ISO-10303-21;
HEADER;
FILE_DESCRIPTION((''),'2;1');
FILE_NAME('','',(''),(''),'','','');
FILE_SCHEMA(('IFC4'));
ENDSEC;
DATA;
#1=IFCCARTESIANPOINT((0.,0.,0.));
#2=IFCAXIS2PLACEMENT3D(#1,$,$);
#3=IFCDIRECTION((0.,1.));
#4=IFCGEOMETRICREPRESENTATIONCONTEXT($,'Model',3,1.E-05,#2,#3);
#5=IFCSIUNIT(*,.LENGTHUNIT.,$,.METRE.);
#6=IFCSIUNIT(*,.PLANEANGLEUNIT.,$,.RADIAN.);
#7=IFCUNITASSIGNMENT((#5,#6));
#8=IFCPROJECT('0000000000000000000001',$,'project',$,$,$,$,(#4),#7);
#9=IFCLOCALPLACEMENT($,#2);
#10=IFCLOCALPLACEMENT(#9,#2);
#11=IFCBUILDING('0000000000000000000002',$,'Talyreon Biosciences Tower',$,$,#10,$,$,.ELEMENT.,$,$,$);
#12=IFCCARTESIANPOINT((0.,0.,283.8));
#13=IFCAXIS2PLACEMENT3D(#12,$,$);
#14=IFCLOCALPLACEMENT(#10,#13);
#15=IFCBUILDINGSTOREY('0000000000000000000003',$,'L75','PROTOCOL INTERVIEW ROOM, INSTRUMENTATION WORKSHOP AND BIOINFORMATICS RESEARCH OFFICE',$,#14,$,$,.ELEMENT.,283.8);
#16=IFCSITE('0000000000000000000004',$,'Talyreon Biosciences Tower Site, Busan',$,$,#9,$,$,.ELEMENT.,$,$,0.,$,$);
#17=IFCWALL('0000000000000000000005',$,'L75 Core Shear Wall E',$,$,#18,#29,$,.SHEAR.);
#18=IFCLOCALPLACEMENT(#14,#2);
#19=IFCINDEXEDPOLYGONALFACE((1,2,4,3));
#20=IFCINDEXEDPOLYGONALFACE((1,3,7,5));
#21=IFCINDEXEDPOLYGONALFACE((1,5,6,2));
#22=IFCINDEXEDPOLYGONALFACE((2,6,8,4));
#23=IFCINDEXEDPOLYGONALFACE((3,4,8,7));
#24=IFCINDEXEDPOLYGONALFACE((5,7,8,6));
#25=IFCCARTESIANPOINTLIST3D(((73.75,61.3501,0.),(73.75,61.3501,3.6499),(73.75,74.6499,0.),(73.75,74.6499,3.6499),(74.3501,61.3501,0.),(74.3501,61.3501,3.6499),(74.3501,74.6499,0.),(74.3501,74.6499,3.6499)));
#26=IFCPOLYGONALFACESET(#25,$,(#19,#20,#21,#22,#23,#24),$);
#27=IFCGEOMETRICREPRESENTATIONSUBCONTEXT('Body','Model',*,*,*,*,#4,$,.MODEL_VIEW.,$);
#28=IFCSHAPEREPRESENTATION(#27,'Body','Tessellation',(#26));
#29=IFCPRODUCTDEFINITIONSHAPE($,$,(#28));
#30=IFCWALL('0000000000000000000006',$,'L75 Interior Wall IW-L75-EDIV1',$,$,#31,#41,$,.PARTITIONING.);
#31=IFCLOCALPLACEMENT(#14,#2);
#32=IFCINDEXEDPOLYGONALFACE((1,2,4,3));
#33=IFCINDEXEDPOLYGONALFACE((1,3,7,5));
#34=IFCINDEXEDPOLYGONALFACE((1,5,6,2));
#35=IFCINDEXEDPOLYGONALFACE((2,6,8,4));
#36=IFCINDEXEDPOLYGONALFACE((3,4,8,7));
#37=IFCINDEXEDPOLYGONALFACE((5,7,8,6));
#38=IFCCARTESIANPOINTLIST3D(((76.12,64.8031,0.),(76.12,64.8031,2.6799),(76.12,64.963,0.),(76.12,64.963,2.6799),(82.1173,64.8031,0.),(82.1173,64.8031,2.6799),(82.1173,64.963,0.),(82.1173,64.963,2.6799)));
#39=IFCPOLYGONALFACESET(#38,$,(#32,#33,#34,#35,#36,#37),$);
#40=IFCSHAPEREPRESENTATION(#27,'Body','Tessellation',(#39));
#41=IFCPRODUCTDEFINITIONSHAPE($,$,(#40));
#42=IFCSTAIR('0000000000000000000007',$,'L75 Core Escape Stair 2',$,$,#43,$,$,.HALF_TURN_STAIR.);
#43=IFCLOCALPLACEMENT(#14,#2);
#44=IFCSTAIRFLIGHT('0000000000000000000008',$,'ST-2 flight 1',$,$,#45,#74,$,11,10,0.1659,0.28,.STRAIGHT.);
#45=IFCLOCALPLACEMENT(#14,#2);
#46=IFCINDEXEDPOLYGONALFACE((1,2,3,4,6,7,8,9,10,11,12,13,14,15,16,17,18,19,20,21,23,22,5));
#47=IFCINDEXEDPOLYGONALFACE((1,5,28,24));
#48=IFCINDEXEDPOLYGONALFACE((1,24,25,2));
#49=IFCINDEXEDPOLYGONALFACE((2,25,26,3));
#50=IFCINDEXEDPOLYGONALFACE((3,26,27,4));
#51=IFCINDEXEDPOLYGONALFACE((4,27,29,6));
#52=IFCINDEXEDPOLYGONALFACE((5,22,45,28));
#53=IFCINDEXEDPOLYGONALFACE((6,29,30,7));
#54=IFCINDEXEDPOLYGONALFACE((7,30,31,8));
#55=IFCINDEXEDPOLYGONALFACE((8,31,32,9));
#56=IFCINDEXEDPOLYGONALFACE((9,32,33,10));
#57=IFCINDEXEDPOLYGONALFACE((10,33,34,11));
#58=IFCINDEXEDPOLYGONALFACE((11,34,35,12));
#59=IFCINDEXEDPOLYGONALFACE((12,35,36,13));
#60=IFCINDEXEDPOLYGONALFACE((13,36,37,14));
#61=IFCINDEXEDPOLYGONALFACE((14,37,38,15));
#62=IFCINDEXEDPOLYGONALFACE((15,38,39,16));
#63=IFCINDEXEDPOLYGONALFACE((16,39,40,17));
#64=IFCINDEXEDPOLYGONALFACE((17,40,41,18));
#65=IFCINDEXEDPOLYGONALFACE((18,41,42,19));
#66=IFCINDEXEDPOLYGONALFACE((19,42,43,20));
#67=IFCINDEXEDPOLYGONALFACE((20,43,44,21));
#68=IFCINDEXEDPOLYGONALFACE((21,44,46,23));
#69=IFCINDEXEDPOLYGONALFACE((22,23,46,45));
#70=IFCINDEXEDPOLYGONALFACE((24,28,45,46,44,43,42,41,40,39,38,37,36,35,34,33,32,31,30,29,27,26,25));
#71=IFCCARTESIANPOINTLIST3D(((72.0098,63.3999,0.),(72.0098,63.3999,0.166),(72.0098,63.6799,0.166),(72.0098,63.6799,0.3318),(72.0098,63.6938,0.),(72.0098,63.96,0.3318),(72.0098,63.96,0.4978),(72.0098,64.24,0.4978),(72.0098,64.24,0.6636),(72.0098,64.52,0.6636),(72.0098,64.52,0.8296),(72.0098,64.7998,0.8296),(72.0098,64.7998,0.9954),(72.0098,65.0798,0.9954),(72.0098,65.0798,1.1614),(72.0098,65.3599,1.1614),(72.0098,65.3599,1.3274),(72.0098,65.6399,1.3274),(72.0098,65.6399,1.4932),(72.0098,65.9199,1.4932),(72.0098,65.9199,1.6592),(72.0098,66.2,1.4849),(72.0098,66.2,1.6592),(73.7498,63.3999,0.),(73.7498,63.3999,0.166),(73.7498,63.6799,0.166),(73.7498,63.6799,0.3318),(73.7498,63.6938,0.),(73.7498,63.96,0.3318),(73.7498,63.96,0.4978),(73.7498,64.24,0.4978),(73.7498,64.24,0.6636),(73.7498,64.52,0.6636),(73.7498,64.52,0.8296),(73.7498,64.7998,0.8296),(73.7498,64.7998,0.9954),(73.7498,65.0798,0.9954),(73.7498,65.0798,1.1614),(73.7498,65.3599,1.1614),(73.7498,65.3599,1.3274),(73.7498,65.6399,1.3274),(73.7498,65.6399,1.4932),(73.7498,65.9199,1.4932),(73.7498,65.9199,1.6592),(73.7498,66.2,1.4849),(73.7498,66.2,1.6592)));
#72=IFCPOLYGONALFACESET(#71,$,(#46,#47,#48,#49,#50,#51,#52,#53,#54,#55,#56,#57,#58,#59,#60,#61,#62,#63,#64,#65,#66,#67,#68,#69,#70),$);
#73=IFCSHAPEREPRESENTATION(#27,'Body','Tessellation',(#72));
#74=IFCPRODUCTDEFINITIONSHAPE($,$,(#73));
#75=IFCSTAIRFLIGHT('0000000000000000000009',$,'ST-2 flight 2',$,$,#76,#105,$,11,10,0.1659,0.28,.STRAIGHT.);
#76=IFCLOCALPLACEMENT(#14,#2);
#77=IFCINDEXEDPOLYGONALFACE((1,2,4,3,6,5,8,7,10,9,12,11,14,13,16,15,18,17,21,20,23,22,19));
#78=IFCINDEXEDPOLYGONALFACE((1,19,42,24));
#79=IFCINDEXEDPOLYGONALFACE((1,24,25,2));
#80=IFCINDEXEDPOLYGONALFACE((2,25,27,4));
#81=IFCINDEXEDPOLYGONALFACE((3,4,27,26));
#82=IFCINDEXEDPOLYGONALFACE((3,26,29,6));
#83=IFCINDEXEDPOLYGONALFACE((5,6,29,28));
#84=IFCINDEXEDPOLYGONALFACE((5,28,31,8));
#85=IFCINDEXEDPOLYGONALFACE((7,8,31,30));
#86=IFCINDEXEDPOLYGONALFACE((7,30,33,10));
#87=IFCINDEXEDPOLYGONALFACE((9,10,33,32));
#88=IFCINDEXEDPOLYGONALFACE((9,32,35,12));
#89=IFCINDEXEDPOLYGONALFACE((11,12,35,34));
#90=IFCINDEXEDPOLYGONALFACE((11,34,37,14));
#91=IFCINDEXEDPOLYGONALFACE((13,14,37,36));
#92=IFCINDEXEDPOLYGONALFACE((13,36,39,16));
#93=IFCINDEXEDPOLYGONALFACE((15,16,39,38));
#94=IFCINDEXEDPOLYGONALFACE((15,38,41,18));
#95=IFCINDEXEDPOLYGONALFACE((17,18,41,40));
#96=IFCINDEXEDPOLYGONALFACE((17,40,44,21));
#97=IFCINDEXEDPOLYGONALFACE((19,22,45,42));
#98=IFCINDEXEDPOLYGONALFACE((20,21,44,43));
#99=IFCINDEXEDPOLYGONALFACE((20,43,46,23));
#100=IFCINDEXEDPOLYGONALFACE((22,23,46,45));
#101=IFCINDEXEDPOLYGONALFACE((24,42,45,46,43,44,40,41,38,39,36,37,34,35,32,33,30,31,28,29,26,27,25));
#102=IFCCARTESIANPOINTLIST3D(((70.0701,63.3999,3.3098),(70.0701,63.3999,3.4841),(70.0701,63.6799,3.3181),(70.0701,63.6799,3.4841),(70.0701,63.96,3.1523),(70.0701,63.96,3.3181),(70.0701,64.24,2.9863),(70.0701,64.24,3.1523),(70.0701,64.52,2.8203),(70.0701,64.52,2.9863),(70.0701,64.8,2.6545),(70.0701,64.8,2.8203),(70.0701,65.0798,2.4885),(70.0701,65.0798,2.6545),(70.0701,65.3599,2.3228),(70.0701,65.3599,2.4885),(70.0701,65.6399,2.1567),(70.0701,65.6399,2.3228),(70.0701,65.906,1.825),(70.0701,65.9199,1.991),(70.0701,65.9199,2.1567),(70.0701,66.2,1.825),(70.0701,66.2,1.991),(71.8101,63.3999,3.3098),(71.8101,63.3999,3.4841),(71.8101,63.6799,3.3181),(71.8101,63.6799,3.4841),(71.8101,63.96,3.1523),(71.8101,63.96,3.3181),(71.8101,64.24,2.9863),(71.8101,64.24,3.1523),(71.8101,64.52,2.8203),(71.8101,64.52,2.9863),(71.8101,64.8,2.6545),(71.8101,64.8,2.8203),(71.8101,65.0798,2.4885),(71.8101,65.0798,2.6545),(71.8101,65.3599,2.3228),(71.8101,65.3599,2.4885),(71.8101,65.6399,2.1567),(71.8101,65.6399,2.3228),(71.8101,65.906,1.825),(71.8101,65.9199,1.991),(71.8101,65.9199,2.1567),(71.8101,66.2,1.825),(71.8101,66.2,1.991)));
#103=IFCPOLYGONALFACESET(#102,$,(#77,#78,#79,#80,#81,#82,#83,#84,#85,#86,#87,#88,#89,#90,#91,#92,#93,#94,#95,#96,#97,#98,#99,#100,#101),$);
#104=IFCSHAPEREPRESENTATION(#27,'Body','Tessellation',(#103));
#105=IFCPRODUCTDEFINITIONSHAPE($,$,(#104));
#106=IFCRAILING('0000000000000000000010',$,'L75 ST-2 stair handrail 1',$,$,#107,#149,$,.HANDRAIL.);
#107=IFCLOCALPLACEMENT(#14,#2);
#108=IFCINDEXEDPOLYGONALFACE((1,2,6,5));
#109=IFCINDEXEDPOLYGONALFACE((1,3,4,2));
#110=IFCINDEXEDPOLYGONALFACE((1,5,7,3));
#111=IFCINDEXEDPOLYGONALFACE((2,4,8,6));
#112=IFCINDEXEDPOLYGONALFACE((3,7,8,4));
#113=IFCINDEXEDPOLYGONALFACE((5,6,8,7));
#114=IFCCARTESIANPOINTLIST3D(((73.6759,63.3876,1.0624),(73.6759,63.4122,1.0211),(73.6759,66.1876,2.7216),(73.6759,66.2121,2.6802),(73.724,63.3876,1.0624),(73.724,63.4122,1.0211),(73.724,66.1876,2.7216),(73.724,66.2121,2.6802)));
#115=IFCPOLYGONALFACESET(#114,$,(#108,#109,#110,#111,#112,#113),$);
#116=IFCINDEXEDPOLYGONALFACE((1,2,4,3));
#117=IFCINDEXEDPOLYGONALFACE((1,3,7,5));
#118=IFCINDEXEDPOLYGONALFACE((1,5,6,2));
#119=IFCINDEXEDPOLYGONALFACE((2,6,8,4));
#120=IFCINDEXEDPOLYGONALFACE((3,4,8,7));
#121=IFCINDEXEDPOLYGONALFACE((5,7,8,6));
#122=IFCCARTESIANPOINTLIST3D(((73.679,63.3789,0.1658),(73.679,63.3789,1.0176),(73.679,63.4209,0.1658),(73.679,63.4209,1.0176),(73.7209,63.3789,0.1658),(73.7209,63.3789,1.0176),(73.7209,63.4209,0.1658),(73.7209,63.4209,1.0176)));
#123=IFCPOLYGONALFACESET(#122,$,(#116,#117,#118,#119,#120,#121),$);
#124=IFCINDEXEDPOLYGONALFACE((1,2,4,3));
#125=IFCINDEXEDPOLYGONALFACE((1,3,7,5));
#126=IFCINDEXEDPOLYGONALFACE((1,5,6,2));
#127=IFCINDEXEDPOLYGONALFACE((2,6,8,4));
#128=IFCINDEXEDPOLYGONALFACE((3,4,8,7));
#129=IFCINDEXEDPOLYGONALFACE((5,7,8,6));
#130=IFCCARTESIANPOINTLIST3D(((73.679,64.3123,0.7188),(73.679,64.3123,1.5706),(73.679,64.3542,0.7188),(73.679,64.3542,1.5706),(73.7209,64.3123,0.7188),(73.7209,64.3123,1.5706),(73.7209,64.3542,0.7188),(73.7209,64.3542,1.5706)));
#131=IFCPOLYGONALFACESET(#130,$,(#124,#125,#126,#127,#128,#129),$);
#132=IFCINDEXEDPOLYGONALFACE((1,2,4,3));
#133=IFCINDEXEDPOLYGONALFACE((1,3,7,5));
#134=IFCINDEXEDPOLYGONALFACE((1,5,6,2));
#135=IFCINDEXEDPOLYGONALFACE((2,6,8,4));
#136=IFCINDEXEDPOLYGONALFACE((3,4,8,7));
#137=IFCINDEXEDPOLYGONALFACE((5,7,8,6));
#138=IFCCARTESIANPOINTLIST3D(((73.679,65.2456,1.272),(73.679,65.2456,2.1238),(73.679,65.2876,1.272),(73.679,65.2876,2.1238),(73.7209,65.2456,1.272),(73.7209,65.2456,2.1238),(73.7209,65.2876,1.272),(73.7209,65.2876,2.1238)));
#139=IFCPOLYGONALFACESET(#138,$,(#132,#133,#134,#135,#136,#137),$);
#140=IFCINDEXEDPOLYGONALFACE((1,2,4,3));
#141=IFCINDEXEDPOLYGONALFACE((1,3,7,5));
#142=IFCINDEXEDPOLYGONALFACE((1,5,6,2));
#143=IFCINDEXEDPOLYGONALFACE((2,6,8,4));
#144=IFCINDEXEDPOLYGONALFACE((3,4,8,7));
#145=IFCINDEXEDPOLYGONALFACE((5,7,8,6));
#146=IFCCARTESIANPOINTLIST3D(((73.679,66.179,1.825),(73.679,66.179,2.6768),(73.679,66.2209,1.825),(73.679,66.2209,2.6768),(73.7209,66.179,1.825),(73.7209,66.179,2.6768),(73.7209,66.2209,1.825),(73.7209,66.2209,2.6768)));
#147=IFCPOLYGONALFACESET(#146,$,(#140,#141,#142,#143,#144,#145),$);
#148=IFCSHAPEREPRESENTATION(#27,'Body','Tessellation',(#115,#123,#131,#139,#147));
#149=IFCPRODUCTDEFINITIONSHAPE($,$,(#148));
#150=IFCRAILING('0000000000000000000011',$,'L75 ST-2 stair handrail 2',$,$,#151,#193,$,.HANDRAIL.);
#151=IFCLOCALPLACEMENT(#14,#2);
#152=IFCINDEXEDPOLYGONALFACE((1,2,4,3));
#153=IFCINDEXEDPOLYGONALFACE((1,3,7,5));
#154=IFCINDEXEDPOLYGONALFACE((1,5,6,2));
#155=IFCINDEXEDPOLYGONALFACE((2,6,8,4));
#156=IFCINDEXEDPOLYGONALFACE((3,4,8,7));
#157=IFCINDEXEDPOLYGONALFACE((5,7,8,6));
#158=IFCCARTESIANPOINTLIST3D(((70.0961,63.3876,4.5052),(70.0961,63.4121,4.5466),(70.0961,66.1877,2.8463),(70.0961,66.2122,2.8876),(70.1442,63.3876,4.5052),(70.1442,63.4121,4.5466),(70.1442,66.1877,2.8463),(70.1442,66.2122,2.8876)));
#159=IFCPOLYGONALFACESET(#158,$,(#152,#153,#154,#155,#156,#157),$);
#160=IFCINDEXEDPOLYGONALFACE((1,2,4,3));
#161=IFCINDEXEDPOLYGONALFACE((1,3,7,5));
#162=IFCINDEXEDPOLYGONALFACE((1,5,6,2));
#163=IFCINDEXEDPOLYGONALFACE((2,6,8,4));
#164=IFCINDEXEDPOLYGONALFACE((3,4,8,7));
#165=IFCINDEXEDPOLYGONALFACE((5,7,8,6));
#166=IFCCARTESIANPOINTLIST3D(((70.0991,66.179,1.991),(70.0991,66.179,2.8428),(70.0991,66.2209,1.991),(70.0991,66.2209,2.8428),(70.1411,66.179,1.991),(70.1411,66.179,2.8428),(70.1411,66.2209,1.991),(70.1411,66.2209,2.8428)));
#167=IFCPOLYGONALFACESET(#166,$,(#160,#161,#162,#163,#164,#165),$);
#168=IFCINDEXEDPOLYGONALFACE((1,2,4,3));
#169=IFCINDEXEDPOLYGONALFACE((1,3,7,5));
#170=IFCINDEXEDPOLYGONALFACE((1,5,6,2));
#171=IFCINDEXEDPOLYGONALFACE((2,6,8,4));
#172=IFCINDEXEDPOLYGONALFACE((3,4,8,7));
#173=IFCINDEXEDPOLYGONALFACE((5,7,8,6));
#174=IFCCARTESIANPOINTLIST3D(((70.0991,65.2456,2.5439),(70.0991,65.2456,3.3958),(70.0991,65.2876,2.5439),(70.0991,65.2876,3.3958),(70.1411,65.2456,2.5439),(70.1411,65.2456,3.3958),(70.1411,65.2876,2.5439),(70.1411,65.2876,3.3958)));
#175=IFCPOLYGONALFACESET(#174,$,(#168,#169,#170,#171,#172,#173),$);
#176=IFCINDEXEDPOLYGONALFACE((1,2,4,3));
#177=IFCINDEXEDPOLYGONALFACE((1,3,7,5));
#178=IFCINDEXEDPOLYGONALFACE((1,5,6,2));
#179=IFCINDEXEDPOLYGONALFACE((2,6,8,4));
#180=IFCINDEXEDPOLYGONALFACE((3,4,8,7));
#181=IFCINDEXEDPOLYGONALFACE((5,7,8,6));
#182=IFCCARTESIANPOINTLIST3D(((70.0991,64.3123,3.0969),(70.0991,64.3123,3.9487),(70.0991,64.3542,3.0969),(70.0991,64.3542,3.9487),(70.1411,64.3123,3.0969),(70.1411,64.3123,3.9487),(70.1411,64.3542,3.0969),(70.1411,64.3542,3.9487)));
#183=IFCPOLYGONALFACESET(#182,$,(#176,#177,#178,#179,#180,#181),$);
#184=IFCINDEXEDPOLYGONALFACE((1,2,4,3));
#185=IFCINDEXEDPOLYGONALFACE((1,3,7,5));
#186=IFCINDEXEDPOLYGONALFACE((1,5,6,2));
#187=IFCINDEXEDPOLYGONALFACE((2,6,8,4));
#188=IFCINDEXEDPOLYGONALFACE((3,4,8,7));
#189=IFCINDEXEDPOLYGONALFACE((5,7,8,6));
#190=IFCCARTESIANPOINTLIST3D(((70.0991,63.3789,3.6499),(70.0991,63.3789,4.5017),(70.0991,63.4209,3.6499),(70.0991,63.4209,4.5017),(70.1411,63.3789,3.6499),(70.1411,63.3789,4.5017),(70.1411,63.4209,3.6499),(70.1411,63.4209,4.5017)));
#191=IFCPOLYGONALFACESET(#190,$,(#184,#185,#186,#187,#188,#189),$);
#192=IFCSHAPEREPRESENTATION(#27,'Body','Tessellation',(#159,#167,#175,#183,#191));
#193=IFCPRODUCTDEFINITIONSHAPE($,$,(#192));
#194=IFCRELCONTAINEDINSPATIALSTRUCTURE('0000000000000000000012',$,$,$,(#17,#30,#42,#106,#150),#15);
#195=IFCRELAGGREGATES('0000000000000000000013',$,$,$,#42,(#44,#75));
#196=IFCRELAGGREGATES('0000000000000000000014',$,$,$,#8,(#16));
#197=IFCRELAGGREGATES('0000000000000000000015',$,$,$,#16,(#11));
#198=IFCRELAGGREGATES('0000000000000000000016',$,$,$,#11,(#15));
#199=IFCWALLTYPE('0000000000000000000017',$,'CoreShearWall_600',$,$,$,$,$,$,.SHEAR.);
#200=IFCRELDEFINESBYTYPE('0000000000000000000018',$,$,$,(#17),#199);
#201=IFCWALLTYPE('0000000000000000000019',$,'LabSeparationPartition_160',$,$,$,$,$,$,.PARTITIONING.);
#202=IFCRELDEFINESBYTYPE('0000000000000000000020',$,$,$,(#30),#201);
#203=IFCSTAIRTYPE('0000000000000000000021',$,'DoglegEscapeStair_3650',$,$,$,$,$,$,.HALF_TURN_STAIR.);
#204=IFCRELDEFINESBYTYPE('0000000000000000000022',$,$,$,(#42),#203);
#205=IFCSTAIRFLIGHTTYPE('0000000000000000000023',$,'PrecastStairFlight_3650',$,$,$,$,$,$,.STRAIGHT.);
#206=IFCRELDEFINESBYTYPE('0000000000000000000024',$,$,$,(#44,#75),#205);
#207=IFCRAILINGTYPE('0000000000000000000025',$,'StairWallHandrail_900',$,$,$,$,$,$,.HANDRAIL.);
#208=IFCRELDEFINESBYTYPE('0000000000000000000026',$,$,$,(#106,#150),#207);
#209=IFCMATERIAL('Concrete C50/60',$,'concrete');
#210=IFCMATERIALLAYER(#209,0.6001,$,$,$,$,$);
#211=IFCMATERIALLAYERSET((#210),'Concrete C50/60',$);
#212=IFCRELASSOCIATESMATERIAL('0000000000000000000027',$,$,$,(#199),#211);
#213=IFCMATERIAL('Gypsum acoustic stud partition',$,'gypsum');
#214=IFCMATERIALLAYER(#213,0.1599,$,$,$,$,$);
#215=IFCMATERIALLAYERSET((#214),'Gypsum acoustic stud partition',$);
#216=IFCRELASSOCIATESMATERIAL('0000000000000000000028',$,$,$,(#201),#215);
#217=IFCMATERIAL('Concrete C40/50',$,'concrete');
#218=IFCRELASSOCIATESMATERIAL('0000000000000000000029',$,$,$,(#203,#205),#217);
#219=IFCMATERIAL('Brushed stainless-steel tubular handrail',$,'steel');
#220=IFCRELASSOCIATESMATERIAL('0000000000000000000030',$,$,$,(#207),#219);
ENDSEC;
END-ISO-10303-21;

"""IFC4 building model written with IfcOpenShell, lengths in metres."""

from ifc_helpers import new_model, si_unit, direction, frame, frame_2d, origin, origin_2d, place, context, subcontext, project, spatial, polyline, rectangle, outline, extrude, material, layer, layer_set, type_object, element, aggregate, save


model = new_model("IFC4")

# Units and contexts
model_context = context("Model", 3, precision=1e-05, world=origin(), true_north=direction((0.0, 1.0)))
body_context = subcontext(model_context, "Body", "Model", "MODEL_VIEW")
ifc_project = project(units=[si_unit("LENGTHUNIT", "METRE"), si_unit("PLANEANGLEUNIT", "RADIAN")], contexts=[model_context])

# Site, building, storey
site_placement = place(None, origin())
site = spatial("IfcSite", under=ifc_project, at=site_placement, Name="Talyreon Biosciences Tower Site, Busan", CompositionType="ELEMENT", RefElevation=0.0)
building_placement = place(site_placement, origin())
building = spatial("IfcBuilding", under=site, at=building_placement, Name="Talyreon Biosciences Tower", CompositionType="ELEMENT")
storey_placement = place(building_placement, frame((0.0, 0.0, 283.8)))
storey = spatial("IfcBuildingStorey", under=building, at=storey_placement, Name="L75", Description="PROTOCOL INTERVIEW ROOM, INSTRUMENTATION WORKSHOP AND BIOINFORMATICS RESEARCH OFFICE", CompositionType="ELEMENT", Elevation=283.8)

# Shared definitions
ifc_material_1 = material(Name="Concrete C50/60", Category="concrete")

# Walls
ifc_layer_1 = layer(ifc_material_1, 0.6001)
ifc_layer_set_1 = layer_set([ifc_layer_1], Name="Concrete C50/60")
wall_type_1 = type_object("IfcWallType", Name="CoreShearWall_600", PredefinedType="SHEAR", material=ifc_layer_set_1)
wall_1_placement = place(storey_placement, frame((74.05, 61.3501, 0.0), z_axis=(0.0, 0.0, 1.0), x_axis=(0.0, 1.0, 0.0)))
element("IfcWall", 1, at=wall_1_placement, inside=storey, type_object=wall_type_1, Name="L75 Core Shear Wall E", PredefinedType="SHEAR", context=body_context, shape_type="SweptSolid", body=[
    extrude(rectangle(XDim=13.2998, YDim=0.6001, at=frame_2d((6.6499, 0.0))), origin(), (0.0, 0.0, 1.0), 3.6499),
])
ifc_material_2 = material(Name="Gypsum acoustic stud partition", Category="gypsum")
ifc_layer_2 = layer(ifc_material_2, 0.1599)
ifc_layer_set_2 = layer_set([ifc_layer_2], Name="Gypsum acoustic stud partition")
wall_type_2 = type_object("IfcWallType", Name="LabSeparationPartition_160", PredefinedType="PARTITIONING", material=ifc_layer_set_2)
wall_2_placement = place(storey_placement, frame((76.1201, 64.8831, 0.0), z_axis=(0.0, 0.0, 1.0), x_axis=(1.0, 0.0, 0.0)))
element("IfcWall", 2, at=wall_2_placement, inside=storey, type_object=wall_type_2, Name="L75 Interior Wall IW-L75-EDIV1", PredefinedType="PARTITIONING", context=body_context, shape_type="SweptSolid", body=[
    extrude(rectangle(XDim=5.9973, YDim=0.1599, at=frame_2d((2.9985, 0.0))), origin(), (0.0, 0.0, 1.0), 2.6799),
])

# Stair, stair flights
ifc_material_3 = material(Name="Concrete C40/50", Category="concrete")
stair_type = type_object("IfcStairType", Name="DoglegEscapeStair_3650", PredefinedType="HALF_TURN_STAIR", material=ifc_material_3)
stair_placement = place(storey_placement, origin())
stair = element("IfcStair", 3, at=stair_placement, inside=storey, type_object=stair_type, Name="L75 Core Escape Stair 2", PredefinedType="HALF_TURN_STAIR")
stair_flight_type = type_object("IfcStairFlightType", Name="PrecastStairFlight_3650", PredefinedType="STRAIGHT", material=ifc_material_3)
stair_flight_1_placement = place(storey_placement, frame((72.8799, 63.3999, 0.0), z_axis=(0.0, 0.0, 1.0), x_axis=(0.0, 1.0, 0.0)))
stair_flight_1 = element("IfcStairFlight", 4, at=stair_flight_1_placement, type_object=stair_flight_type, Name="ST-2 flight 1", NumberOfRisers=11, NumberOfTreads=10, PredefinedType="STRAIGHT", RiserHeight=0.1659, TreadLength=0.28, context=body_context, shape_type="SweptSolid", body=[
    extrude(outline(polyline([(0.0, 0.0), (0.0, 0.166), (0.28, 0.166), (0.28, 0.3318), (0.5601, 0.3318), (0.5601, 0.4978), (0.8401, 0.4978), (0.8401, 0.6636), (1.1201, 0.6636), (1.1201, 0.8296), (1.3999, 0.8296), (1.3999, 0.9954), (1.6799, 0.9954), (1.6799, 1.1614), (1.96, 1.1614), (1.96, 1.3274), (2.24, 1.3274), (2.24, 1.4932), (2.52, 1.4932), (2.52, 1.6592), (2.8, 1.6592), (2.8, 1.825), (2.8, 1.4849), (0.2939, 0.0), (0.0, 0.0)])), frame((0.0, 0.8701, 0.0), z_axis=(0.0, -1.0, 0.0), x_axis=(1.0, 0.0, 0.0)), (0.0, 0.0, 1.0), 1.74),
])
stair_flight_2_placement = place(storey_placement, frame((70.9399, 66.2, 1.825), z_axis=(0.0, 0.0, 1.0), x_axis=(0.0, -1.0, 0.0)))
stair_flight_2 = element("IfcStairFlight", 5, at=stair_flight_2_placement, type_object=stair_flight_type, Name="ST-2 flight 2", NumberOfRisers=11, NumberOfTreads=10, PredefinedType="STRAIGHT", RiserHeight=0.1659, TreadLength=0.28, context=body_context, shape_type="SweptSolid", body=[
    extrude(outline(polyline([(0.0, 0.0), (0.0, 0.166), (0.28, 0.166), (0.28, 0.3318), (0.5601, 0.3318), (0.5601, 0.4978), (0.8401, 0.4978), (0.8401, 0.6636), (1.1201, 0.6636), (1.1201, 0.8296), (1.3999, 0.8296), (1.3999, 0.9954), (1.6799, 0.9954), (1.6799, 1.1614), (1.96, 1.1614), (1.96, 1.3274), (2.24, 1.3274), (2.24, 1.4932), (2.52, 1.4932), (2.52, 1.6592), (2.8, 1.6592), (2.8, 1.825), (2.8, 1.4849), (0.2939, 0.0), (0.0, 0.0)])), frame((0.0, 0.8701, 0.0), z_axis=(0.0, -1.0, 0.0), x_axis=(1.0, 0.0, 0.0)), (0.0, 0.0, 1.0), 1.74),
])
aggregate(stair, [stair_flight_1, stair_flight_2])

# Railings
ifc_material_4 = material(Name="Brushed stainless-steel tubular handrail", Category="steel")
railing_type_1 = type_object("IfcRailingType", Name="StairWallHandrail_900", PredefinedType="HANDRAIL", material=ifc_material_4)
railing_1_placement = place(storey_placement, frame((73.7, 63.3999, 0.1658)))
element("IfcRailing", 6, at=railing_1_placement, inside=storey, type_object=railing_type_1, Name="L75 ST-2 stair handrail 1", PredefinedType="HANDRAIL", context=body_context, shape_type="SweptSolid", body=[
    extrude(rectangle(XDim=0.0481, YDim=0.0481, at=origin_2d()), frame((0.0, 0.0, 0.876), z_axis=(0.0, 0.860306, 0.509778), x_axis=(-1.0, 0.0, 0.0)), (0.0, 0.0, 1.0), 3.2546),
    extrude(rectangle(XDim=0.042, YDim=0.042, at=origin_2d()), origin(), (0.0, 0.0, 1.0), 0.8518),
    extrude(rectangle(XDim=0.042, YDim=0.042, at=origin_2d()), frame((0.0, 0.9333, 0.553)), (0.0, 0.0, 1.0), 0.8518),
    extrude(rectangle(XDim=0.042, YDim=0.042, at=origin_2d()), frame((0.0, 1.8667, 1.1062)), (0.0, 0.0, 1.0), 0.8518),
    extrude(rectangle(XDim=0.042, YDim=0.042, at=origin_2d()), frame((0.0, 2.8, 1.6592)), (0.0, 0.0, 1.0), 0.8518),
])
railing_2_placement = place(storey_placement, frame((70.1201, 66.2, 1.991)))
element("IfcRailing", 7, at=railing_2_placement, inside=storey, type_object=railing_type_1, Name="L75 ST-2 stair handrail 2", PredefinedType="HANDRAIL", context=body_context, shape_type="SweptSolid", body=[
    extrude(rectangle(XDim=0.0481, YDim=0.0481, at=origin_2d()), frame((0.0, 0.0, 0.876), z_axis=(0.0, -0.860339, 0.509722), x_axis=(1.0, 0.0, 0.0)), (0.0, 0.0, 1.0), 3.2546),
    extrude(rectangle(XDim=0.042, YDim=0.042, at=origin_2d()), origin(), (0.0, 0.0, 1.0), 0.8518),
    extrude(rectangle(XDim=0.042, YDim=0.042, at=origin_2d()), frame((0.0, -0.9333, 0.553)), (0.0, 0.0, 1.0), 0.8518),
    extrude(rectangle(XDim=0.042, YDim=0.042, at=origin_2d()), frame((0.0, -1.8667, 1.106)), (0.0, 0.0, 1.0), 0.8518),
    extrude(rectangle(XDim=0.042, YDim=0.042, at=origin_2d()), frame((0.0, -2.8, 1.6589)), (0.0, 0.0, 1.0), 0.8518),
])

save(model, "model.ifc")
